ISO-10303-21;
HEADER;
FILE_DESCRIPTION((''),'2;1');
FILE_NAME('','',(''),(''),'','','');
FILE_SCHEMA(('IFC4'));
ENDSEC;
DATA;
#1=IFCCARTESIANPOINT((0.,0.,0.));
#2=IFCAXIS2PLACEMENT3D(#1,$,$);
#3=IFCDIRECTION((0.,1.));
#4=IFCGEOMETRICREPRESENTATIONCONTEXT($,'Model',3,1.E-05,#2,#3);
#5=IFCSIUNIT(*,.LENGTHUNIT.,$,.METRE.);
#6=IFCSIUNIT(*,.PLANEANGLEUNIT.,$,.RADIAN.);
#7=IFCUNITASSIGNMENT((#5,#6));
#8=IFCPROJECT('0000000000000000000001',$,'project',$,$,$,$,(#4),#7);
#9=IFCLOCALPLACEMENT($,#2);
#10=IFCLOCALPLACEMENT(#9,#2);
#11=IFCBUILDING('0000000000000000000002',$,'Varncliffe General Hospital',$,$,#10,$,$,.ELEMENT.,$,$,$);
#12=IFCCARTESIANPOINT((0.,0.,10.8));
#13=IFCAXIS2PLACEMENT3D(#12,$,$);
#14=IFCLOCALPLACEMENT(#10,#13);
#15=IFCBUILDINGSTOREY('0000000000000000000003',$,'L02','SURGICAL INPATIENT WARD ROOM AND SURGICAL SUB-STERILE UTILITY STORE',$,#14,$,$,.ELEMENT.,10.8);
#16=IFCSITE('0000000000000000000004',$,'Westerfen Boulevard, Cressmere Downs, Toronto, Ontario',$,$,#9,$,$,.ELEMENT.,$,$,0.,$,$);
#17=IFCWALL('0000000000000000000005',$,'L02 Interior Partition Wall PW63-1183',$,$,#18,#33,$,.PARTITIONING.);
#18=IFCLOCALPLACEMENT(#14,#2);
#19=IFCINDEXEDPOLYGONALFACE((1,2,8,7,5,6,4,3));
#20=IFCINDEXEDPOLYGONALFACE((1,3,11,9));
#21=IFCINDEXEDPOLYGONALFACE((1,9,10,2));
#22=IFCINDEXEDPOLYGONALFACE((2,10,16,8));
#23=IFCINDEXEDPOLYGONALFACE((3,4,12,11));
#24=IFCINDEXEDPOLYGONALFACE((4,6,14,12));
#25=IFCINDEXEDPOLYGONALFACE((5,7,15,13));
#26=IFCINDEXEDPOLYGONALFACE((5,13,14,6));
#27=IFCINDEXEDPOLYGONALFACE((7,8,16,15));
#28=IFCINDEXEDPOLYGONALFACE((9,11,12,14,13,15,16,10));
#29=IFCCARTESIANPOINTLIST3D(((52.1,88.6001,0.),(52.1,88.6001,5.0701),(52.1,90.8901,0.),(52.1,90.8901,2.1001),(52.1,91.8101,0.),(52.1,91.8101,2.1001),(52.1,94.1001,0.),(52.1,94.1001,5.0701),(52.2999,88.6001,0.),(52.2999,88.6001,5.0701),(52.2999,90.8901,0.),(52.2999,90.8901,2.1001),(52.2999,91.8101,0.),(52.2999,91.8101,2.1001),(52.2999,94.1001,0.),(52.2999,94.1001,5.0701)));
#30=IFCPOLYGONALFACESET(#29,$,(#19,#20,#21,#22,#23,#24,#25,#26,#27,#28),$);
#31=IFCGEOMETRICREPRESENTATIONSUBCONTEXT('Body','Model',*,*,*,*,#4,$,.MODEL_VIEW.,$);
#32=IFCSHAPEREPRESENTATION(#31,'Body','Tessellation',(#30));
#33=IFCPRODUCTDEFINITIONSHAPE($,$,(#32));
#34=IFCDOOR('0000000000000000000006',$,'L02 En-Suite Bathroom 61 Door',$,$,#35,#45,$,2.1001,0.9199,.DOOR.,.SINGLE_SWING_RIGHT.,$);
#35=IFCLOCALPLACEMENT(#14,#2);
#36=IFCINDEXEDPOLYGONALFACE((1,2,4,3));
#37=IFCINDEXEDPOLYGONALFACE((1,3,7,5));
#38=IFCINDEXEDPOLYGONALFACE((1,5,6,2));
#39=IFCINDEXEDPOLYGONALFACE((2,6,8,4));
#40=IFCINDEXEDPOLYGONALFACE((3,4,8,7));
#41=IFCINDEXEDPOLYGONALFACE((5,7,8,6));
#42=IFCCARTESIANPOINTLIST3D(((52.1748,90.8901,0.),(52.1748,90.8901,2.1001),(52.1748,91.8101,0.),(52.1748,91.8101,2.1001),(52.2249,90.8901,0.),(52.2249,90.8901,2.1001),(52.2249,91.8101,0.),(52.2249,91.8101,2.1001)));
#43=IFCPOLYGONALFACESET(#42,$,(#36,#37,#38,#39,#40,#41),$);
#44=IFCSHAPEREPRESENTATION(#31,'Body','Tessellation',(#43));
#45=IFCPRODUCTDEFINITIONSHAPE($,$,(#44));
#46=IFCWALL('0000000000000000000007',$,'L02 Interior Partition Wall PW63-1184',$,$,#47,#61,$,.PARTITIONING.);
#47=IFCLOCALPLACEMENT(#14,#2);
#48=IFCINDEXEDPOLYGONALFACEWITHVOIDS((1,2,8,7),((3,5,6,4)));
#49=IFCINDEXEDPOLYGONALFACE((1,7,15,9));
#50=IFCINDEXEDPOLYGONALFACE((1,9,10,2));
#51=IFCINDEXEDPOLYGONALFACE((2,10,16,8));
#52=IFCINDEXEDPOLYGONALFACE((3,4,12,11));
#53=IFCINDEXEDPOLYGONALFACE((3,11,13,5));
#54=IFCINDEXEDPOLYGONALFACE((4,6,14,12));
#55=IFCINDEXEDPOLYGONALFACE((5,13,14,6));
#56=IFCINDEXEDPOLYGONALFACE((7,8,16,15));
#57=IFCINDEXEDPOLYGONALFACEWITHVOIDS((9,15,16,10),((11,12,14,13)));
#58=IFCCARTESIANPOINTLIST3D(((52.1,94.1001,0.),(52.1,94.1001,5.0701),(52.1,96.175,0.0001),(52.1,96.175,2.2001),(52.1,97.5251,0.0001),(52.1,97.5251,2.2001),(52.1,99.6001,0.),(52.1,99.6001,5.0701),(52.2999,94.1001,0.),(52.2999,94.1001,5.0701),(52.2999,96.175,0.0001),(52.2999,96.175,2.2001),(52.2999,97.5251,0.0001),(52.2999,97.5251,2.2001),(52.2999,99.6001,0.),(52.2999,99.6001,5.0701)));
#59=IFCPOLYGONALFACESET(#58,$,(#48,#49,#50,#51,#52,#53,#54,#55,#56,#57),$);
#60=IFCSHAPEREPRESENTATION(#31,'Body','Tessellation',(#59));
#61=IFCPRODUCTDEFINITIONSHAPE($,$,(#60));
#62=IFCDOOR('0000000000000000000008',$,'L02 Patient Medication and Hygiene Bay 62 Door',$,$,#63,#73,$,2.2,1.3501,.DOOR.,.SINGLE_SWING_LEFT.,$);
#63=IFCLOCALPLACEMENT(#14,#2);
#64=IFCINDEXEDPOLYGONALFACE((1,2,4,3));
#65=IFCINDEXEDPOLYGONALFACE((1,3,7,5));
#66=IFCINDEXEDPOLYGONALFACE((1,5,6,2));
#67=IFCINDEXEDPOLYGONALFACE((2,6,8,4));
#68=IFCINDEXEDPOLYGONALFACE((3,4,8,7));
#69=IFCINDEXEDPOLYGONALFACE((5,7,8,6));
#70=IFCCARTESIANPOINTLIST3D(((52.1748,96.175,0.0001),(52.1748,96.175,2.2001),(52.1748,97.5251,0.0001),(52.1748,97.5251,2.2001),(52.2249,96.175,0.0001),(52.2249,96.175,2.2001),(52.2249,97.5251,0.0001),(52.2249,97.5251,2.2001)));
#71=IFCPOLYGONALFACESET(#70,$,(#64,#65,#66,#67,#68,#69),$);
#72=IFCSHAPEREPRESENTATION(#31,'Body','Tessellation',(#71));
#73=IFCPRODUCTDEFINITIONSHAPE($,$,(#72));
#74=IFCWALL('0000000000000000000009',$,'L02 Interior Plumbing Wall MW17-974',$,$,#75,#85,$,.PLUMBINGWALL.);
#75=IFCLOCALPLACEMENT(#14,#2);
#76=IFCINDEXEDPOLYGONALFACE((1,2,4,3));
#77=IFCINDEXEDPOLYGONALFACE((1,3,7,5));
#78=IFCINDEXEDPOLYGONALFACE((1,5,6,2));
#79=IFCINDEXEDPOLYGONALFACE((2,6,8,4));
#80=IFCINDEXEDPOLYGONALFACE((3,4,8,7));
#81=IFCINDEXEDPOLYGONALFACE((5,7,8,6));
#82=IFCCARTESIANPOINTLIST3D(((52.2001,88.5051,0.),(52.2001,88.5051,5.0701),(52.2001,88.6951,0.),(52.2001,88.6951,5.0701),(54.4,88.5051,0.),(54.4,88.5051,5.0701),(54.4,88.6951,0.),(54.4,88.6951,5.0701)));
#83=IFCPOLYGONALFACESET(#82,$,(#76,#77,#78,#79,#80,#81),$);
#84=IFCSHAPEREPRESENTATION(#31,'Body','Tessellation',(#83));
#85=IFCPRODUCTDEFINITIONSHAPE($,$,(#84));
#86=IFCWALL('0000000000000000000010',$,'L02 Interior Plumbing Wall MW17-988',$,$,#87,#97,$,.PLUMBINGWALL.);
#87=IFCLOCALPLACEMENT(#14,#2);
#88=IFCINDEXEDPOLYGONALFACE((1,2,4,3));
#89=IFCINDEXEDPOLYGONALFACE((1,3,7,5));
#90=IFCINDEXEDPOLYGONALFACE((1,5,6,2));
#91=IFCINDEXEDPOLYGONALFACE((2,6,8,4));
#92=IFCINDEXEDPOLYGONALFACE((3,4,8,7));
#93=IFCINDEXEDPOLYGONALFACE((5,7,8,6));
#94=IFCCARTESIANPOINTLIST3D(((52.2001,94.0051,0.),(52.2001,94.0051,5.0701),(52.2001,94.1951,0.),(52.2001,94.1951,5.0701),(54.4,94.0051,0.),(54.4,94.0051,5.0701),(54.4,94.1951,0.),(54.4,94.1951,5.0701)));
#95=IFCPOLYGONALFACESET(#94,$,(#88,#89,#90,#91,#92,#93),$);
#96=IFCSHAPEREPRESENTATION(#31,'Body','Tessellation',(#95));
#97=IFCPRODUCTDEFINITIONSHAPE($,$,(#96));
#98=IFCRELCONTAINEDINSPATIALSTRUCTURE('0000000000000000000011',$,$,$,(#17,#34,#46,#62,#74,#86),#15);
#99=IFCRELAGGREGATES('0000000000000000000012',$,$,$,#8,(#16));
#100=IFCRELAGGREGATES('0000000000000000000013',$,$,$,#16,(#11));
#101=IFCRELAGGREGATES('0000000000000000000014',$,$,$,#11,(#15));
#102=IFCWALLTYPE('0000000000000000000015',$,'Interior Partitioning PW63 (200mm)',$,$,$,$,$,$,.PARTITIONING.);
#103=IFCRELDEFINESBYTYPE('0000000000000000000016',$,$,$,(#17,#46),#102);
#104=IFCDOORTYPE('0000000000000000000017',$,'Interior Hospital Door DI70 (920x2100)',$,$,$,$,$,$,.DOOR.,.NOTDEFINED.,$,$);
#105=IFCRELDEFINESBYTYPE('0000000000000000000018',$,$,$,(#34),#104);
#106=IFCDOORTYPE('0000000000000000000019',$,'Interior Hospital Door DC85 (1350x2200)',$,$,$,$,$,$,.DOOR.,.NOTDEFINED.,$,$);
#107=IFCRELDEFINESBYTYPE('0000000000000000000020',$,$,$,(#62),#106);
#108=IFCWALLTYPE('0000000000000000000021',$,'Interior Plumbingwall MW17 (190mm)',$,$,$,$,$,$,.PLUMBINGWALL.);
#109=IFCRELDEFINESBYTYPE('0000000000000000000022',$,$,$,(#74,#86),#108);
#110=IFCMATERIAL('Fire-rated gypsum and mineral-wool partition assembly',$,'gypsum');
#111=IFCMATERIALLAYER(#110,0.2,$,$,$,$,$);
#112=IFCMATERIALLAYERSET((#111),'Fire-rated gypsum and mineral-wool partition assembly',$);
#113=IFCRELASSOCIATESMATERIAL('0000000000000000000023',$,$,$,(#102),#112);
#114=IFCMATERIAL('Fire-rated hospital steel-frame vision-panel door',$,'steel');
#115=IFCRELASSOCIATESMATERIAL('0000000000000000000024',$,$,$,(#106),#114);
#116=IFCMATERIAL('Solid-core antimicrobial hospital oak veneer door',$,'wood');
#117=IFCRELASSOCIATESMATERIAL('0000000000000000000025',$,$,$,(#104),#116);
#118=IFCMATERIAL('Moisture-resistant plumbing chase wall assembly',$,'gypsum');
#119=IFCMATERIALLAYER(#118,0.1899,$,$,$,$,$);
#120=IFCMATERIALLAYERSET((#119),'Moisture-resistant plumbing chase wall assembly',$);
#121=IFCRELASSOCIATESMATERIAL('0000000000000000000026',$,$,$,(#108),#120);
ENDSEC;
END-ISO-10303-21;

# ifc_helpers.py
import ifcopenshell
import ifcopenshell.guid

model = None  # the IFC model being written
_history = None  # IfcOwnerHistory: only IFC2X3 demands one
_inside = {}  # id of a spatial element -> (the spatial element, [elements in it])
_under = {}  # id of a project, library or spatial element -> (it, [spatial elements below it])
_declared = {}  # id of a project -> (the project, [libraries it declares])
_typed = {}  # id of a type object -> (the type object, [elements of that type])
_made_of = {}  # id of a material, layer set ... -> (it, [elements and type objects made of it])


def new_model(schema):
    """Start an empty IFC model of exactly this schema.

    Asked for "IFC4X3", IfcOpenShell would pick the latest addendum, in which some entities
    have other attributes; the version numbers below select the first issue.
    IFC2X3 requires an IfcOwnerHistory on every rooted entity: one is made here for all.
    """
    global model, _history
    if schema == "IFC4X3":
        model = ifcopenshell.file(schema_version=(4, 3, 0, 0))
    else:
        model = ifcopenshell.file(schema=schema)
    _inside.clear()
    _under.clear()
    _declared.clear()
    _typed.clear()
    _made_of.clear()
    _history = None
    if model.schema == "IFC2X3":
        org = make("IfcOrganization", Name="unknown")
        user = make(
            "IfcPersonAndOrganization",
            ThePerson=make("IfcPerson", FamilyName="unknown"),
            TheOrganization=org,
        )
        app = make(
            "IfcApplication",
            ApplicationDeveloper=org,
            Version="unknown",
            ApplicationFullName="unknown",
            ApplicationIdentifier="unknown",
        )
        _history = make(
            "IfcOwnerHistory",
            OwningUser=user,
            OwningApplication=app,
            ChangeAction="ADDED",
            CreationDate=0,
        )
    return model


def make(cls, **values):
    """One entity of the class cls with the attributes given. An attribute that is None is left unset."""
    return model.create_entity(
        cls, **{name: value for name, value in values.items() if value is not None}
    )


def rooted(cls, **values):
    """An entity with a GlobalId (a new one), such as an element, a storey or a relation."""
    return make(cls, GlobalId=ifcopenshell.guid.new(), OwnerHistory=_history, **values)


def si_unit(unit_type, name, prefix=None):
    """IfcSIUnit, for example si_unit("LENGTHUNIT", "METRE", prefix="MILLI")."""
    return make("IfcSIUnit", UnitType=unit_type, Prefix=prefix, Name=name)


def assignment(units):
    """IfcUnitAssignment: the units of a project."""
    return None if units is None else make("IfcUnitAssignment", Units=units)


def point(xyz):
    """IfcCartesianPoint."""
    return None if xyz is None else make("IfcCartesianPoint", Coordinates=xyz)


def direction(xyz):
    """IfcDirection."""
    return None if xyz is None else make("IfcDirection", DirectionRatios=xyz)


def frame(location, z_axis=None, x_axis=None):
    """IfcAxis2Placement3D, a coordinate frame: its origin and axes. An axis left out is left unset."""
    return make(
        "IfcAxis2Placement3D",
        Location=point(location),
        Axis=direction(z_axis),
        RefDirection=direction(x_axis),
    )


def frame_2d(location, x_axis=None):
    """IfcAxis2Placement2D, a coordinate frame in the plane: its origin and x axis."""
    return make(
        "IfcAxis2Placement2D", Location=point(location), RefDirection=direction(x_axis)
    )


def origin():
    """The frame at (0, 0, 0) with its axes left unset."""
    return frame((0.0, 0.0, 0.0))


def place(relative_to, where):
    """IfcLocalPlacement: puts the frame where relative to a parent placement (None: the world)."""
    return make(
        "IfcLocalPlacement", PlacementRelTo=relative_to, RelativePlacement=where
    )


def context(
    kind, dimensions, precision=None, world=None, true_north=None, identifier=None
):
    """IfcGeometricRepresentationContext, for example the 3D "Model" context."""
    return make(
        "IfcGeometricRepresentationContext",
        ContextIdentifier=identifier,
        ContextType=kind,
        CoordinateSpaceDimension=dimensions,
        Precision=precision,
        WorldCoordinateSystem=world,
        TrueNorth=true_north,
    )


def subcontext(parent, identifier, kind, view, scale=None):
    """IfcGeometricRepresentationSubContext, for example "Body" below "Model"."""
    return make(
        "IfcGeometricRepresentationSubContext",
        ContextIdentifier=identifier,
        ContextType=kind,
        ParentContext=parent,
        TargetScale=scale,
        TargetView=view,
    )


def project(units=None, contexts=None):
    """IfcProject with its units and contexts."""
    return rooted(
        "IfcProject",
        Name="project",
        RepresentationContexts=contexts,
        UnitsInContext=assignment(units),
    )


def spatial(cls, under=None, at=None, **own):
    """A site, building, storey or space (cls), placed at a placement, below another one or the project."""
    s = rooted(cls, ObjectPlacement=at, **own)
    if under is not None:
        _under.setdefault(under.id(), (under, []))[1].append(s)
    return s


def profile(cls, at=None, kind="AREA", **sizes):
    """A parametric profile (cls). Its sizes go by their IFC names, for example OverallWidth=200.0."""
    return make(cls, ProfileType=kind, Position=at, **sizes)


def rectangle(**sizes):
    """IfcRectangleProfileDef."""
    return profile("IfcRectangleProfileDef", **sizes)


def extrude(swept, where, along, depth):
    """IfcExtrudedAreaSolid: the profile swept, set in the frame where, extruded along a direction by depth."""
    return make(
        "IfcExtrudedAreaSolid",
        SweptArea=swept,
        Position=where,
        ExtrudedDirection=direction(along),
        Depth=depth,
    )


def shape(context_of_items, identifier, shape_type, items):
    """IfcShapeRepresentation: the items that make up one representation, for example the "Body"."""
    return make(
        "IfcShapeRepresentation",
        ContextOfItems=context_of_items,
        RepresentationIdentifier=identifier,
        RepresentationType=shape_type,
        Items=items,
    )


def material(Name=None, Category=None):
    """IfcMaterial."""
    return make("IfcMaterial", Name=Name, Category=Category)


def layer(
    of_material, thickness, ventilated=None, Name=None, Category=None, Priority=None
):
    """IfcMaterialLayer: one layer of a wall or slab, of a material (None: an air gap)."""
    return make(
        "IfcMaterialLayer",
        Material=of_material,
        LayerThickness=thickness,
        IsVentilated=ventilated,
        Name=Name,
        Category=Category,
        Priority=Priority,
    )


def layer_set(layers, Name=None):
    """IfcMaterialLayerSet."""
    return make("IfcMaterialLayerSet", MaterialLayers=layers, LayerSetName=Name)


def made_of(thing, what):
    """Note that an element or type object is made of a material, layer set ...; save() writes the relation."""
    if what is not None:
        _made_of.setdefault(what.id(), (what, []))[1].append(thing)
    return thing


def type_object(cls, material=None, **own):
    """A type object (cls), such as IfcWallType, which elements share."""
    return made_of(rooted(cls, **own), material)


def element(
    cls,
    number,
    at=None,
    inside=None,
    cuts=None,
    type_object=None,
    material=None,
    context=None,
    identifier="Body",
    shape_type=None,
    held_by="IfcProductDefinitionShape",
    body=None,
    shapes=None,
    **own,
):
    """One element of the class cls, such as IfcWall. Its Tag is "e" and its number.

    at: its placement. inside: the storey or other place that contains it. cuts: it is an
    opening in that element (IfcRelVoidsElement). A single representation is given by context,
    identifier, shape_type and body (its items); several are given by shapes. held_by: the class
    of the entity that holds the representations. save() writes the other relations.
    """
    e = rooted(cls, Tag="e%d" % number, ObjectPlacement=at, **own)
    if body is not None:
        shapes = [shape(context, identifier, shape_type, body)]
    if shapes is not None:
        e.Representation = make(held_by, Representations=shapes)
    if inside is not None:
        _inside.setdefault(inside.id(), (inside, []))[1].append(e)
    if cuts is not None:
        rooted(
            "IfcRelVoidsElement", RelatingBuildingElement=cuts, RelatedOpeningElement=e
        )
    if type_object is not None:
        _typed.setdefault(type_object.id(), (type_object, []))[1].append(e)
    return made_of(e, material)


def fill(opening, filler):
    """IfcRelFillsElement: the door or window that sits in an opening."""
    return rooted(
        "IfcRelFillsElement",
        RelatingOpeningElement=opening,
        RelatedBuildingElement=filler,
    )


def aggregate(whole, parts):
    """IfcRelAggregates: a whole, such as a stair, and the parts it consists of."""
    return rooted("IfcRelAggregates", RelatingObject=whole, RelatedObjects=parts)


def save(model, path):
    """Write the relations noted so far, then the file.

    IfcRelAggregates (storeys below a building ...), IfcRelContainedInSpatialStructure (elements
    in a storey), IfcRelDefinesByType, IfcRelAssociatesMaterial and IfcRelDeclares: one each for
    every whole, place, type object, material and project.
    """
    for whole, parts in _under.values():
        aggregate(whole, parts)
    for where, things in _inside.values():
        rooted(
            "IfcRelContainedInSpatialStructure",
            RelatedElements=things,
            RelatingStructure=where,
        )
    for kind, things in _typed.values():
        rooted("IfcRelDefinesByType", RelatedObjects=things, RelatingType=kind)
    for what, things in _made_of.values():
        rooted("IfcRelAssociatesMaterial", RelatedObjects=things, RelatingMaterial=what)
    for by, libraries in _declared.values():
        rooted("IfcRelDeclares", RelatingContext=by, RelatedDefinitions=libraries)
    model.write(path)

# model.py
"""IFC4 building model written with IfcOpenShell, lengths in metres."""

from ifc_helpers import new_model, si_unit, direction, frame, frame_2d, origin, place, context, subcontext, project, spatial, rectangle, extrude, material, layer, layer_set, type_object, element, fill, save


model = new_model("IFC4")

# Units and contexts
model_context = context("Model", 3, precision=1e-05, world=origin(), true_north=direction((0.0, 1.0)))
body_context = subcontext(model_context, "Body", "Model", "MODEL_VIEW")
ifc_project = project(units=[si_unit("LENGTHUNIT", "METRE"), si_unit("PLANEANGLEUNIT", "RADIAN")], contexts=[model_context])

# Site, building, storey
site_placement = place(None, origin())
site = spatial("IfcSite", under=ifc_project, at=site_placement, Name="Westerfen Boulevard, Cressmere Downs, Toronto, Ontario", CompositionType="ELEMENT", RefElevation=0.0)
building_placement = place(site_placement, origin())
building = spatial("IfcBuilding", under=site, at=building_placement, Name="Varncliffe General Hospital", CompositionType="ELEMENT")
storey_placement = place(building_placement, frame((0.0, 0.0, 10.8)))
storey = spatial("IfcBuildingStorey", under=building, at=storey_placement, Name="L02", Description="SURGICAL INPATIENT WARD ROOM AND SURGICAL SUB-STERILE UTILITY STORE", CompositionType="ELEMENT", Elevation=10.8)

# Walls, openings, doors
ifc_material_1 = material(Name="Fire-rated gypsum and mineral-wool partition assembly", Category="gypsum")
ifc_layer_1 = layer(ifc_material_1, 0.2)
ifc_layer_set_1 = layer_set([ifc_layer_1], Name="Fire-rated gypsum and mineral-wool partition assembly")
wall_type_1 = type_object("IfcWallType", Name="Interior Partitioning PW63 (200mm)", PredefinedType="PARTITIONING", material=ifc_layer_set_1)
ifc_material_2 = material(Name="Fire-rated hospital steel-frame vision-panel door", Category="steel")
door_type_1 = type_object("IfcDoorType", Name="Interior Hospital Door DC85 (1350x2200)", OperationType="NOTDEFINED", PredefinedType="DOOR", material=ifc_material_2)
wall_1_placement = place(storey_placement, frame((52.2, 88.6001, 0.0), z_axis=(0.0, 0.0, 1.0), x_axis=(0.0, 1.0, 0.0)))
wall_1 = element("IfcWall", 1, at=wall_1_placement, inside=storey, type_object=wall_type_1, Name="L02 Interior Partition Wall PW63-1183", PredefinedType="PARTITIONING", context=body_context, shape_type="SweptSolid", body=[
    extrude(rectangle(XDim=5.5, YDim=0.2, at=frame_2d((2.75, 0.0))), origin(), (0.0, 0.0, 1.0), 5.0701),
])
opening_1_placement = place(wall_1_placement, frame((2.29, 0.0, 0.0)))
opening_1 = element("IfcOpeningElement", 2, at=opening_1_placement, cuts=wall_1, PredefinedType="OPENING", context=body_context, shape_type="SweptSolid", body=[
    extrude(rectangle(XDim=0.9199, YDim=2.1001, at=frame_2d((0.46, 1.05))), frame((0.0, 0.1099, 0.0), z_axis=(0.0, -1.0, 0.0), x_axis=(1.0, 0.0, 0.0)), (0.0, 0.0, 1.0), 0.22),
])
ifc_material_3 = material(Name="Solid-core antimicrobial hospital oak veneer door", Category="wood")
door_type_2 = type_object("IfcDoorType", Name="Interior Hospital Door DI70 (920x2100)", OperationType="NOTDEFINED", PredefinedType="DOOR", material=ifc_material_3)
door_1_placement = place(opening_1_placement, frame((0.9199, 0.0, 0.0), z_axis=(0.0, 0.0, 1.0), x_axis=(-1.0, 0.0, 0.0)))
door_1 = element("IfcDoor", 3, at=door_1_placement, inside=storey, type_object=door_type_2, Name="L02 En-Suite Bathroom 61 Door", OperationType="SINGLE_SWING_RIGHT", OverallHeight=2.1001, OverallWidth=0.9199, PredefinedType="DOOR", context=body_context, shape_type="SweptSolid", body=[
    extrude(rectangle(XDim=0.9199, YDim=2.1001, at=frame_2d((0.46, 1.05))), frame((0.0, 0.0249, 0.0), z_axis=(0.0, -1.0, 0.0), x_axis=(1.0, 0.0, 0.0)), (0.0, 0.0, 1.0), 0.05),
])
fill(opening_1, door_1)
wall_2_placement = place(storey_placement, frame((52.2, 94.1001, 0.0), z_axis=(0.0, 0.0, 1.0), x_axis=(0.0, 1.0, 0.0)))
wall_2 = element("IfcWall", 4, at=wall_2_placement, inside=storey, type_object=wall_type_1, Name="L02 Interior Partition Wall PW63-1184", PredefinedType="PARTITIONING", context=body_context, shape_type="SweptSolid", body=[
    extrude(rectangle(XDim=5.5, YDim=0.2, at=frame_2d((2.75, 0.0))), origin(), (0.0, 0.0, 1.0), 5.0701),
])
opening_2_placement = place(wall_2_placement, frame((2.075, 0.0, 0.0)))
opening_2 = element("IfcOpeningElement", 5, at=opening_2_placement, cuts=wall_2, PredefinedType="OPENING", context=body_context, shape_type="SweptSolid", body=[
    extrude(rectangle(XDim=1.3501, YDim=2.2, at=frame_2d((0.675, 1.1001))), frame((0.0, 0.1099, 0.0), z_axis=(0.0, -1.0, 0.0), x_axis=(1.0, 0.0, 0.0)), (0.0, 0.0, 1.0), 0.22),
])
door_2_placement = place(opening_2_placement, frame((1.3501, 0.0, 0.0), z_axis=(0.0, 0.0, 1.0), x_axis=(-1.0, 0.0, 0.0)))
door_2 = element("IfcDoor", 6, at=door_2_placement, inside=storey, type_object=door_type_1, Name="L02 Patient Medication and Hygiene Bay 62 Door", OperationType="SINGLE_SWING_LEFT", OverallHeight=2.2, OverallWidth=1.3501, PredefinedType="DOOR", context=body_context, shape_type="SweptSolid", body=[
    extrude(rectangle(XDim=1.3501, YDim=2.2, at=frame_2d((0.675, 1.1001))), frame((0.0, 0.0249, 0.0), z_axis=(0.0, -1.0, 0.0), x_axis=(1.0, 0.0, 0.0)), (0.0, 0.0, 1.0), 0.05),
])
fill(opening_2, door_2)

# Walls
ifc_material_4 = material(Name="Moisture-resistant plumbing chase wall assembly", Category="gypsum")
ifc_layer_2 = layer(ifc_material_4, 0.1899)
ifc_layer_set_2 = layer_set([ifc_layer_2], Name="Moisture-resistant plumbing chase wall assembly")
wall_type_2 = type_object("IfcWallType", Name="Interior Plumbingwall MW17 (190mm)", PredefinedType="PLUMBINGWALL", material=ifc_layer_set_2)
for number, where, z_axis, x_axis, name in (
    (7, (52.2, 88.6001, 0.0), (0.0, 0.0, 1.0), (1.0, 0.0, 0.0), "L02 Interior Plumbing Wall MW17-974"),
    (8, (52.2, 94.1001, 0.0), (0.0, 0.0, 1.0), (1.0, 0.0, 0.0), "L02 Interior Plumbing Wall MW17-988"),
):
    element("IfcWall", number, at=place(storey_placement, frame(where, z_axis=z_axis, x_axis=x_axis)), inside=storey, type_object=wall_type_2, Name=name, PredefinedType="PLUMBINGWALL", context=body_context, shape_type="SweptSolid", body=[
        extrude(rectangle(XDim=2.2, YDim=0.1899, at=frame_2d((1.1001, 0.0))), origin(), (0.0, 0.0, 1.0), 5.0701),
    ])

save(model, "model.ifc")
